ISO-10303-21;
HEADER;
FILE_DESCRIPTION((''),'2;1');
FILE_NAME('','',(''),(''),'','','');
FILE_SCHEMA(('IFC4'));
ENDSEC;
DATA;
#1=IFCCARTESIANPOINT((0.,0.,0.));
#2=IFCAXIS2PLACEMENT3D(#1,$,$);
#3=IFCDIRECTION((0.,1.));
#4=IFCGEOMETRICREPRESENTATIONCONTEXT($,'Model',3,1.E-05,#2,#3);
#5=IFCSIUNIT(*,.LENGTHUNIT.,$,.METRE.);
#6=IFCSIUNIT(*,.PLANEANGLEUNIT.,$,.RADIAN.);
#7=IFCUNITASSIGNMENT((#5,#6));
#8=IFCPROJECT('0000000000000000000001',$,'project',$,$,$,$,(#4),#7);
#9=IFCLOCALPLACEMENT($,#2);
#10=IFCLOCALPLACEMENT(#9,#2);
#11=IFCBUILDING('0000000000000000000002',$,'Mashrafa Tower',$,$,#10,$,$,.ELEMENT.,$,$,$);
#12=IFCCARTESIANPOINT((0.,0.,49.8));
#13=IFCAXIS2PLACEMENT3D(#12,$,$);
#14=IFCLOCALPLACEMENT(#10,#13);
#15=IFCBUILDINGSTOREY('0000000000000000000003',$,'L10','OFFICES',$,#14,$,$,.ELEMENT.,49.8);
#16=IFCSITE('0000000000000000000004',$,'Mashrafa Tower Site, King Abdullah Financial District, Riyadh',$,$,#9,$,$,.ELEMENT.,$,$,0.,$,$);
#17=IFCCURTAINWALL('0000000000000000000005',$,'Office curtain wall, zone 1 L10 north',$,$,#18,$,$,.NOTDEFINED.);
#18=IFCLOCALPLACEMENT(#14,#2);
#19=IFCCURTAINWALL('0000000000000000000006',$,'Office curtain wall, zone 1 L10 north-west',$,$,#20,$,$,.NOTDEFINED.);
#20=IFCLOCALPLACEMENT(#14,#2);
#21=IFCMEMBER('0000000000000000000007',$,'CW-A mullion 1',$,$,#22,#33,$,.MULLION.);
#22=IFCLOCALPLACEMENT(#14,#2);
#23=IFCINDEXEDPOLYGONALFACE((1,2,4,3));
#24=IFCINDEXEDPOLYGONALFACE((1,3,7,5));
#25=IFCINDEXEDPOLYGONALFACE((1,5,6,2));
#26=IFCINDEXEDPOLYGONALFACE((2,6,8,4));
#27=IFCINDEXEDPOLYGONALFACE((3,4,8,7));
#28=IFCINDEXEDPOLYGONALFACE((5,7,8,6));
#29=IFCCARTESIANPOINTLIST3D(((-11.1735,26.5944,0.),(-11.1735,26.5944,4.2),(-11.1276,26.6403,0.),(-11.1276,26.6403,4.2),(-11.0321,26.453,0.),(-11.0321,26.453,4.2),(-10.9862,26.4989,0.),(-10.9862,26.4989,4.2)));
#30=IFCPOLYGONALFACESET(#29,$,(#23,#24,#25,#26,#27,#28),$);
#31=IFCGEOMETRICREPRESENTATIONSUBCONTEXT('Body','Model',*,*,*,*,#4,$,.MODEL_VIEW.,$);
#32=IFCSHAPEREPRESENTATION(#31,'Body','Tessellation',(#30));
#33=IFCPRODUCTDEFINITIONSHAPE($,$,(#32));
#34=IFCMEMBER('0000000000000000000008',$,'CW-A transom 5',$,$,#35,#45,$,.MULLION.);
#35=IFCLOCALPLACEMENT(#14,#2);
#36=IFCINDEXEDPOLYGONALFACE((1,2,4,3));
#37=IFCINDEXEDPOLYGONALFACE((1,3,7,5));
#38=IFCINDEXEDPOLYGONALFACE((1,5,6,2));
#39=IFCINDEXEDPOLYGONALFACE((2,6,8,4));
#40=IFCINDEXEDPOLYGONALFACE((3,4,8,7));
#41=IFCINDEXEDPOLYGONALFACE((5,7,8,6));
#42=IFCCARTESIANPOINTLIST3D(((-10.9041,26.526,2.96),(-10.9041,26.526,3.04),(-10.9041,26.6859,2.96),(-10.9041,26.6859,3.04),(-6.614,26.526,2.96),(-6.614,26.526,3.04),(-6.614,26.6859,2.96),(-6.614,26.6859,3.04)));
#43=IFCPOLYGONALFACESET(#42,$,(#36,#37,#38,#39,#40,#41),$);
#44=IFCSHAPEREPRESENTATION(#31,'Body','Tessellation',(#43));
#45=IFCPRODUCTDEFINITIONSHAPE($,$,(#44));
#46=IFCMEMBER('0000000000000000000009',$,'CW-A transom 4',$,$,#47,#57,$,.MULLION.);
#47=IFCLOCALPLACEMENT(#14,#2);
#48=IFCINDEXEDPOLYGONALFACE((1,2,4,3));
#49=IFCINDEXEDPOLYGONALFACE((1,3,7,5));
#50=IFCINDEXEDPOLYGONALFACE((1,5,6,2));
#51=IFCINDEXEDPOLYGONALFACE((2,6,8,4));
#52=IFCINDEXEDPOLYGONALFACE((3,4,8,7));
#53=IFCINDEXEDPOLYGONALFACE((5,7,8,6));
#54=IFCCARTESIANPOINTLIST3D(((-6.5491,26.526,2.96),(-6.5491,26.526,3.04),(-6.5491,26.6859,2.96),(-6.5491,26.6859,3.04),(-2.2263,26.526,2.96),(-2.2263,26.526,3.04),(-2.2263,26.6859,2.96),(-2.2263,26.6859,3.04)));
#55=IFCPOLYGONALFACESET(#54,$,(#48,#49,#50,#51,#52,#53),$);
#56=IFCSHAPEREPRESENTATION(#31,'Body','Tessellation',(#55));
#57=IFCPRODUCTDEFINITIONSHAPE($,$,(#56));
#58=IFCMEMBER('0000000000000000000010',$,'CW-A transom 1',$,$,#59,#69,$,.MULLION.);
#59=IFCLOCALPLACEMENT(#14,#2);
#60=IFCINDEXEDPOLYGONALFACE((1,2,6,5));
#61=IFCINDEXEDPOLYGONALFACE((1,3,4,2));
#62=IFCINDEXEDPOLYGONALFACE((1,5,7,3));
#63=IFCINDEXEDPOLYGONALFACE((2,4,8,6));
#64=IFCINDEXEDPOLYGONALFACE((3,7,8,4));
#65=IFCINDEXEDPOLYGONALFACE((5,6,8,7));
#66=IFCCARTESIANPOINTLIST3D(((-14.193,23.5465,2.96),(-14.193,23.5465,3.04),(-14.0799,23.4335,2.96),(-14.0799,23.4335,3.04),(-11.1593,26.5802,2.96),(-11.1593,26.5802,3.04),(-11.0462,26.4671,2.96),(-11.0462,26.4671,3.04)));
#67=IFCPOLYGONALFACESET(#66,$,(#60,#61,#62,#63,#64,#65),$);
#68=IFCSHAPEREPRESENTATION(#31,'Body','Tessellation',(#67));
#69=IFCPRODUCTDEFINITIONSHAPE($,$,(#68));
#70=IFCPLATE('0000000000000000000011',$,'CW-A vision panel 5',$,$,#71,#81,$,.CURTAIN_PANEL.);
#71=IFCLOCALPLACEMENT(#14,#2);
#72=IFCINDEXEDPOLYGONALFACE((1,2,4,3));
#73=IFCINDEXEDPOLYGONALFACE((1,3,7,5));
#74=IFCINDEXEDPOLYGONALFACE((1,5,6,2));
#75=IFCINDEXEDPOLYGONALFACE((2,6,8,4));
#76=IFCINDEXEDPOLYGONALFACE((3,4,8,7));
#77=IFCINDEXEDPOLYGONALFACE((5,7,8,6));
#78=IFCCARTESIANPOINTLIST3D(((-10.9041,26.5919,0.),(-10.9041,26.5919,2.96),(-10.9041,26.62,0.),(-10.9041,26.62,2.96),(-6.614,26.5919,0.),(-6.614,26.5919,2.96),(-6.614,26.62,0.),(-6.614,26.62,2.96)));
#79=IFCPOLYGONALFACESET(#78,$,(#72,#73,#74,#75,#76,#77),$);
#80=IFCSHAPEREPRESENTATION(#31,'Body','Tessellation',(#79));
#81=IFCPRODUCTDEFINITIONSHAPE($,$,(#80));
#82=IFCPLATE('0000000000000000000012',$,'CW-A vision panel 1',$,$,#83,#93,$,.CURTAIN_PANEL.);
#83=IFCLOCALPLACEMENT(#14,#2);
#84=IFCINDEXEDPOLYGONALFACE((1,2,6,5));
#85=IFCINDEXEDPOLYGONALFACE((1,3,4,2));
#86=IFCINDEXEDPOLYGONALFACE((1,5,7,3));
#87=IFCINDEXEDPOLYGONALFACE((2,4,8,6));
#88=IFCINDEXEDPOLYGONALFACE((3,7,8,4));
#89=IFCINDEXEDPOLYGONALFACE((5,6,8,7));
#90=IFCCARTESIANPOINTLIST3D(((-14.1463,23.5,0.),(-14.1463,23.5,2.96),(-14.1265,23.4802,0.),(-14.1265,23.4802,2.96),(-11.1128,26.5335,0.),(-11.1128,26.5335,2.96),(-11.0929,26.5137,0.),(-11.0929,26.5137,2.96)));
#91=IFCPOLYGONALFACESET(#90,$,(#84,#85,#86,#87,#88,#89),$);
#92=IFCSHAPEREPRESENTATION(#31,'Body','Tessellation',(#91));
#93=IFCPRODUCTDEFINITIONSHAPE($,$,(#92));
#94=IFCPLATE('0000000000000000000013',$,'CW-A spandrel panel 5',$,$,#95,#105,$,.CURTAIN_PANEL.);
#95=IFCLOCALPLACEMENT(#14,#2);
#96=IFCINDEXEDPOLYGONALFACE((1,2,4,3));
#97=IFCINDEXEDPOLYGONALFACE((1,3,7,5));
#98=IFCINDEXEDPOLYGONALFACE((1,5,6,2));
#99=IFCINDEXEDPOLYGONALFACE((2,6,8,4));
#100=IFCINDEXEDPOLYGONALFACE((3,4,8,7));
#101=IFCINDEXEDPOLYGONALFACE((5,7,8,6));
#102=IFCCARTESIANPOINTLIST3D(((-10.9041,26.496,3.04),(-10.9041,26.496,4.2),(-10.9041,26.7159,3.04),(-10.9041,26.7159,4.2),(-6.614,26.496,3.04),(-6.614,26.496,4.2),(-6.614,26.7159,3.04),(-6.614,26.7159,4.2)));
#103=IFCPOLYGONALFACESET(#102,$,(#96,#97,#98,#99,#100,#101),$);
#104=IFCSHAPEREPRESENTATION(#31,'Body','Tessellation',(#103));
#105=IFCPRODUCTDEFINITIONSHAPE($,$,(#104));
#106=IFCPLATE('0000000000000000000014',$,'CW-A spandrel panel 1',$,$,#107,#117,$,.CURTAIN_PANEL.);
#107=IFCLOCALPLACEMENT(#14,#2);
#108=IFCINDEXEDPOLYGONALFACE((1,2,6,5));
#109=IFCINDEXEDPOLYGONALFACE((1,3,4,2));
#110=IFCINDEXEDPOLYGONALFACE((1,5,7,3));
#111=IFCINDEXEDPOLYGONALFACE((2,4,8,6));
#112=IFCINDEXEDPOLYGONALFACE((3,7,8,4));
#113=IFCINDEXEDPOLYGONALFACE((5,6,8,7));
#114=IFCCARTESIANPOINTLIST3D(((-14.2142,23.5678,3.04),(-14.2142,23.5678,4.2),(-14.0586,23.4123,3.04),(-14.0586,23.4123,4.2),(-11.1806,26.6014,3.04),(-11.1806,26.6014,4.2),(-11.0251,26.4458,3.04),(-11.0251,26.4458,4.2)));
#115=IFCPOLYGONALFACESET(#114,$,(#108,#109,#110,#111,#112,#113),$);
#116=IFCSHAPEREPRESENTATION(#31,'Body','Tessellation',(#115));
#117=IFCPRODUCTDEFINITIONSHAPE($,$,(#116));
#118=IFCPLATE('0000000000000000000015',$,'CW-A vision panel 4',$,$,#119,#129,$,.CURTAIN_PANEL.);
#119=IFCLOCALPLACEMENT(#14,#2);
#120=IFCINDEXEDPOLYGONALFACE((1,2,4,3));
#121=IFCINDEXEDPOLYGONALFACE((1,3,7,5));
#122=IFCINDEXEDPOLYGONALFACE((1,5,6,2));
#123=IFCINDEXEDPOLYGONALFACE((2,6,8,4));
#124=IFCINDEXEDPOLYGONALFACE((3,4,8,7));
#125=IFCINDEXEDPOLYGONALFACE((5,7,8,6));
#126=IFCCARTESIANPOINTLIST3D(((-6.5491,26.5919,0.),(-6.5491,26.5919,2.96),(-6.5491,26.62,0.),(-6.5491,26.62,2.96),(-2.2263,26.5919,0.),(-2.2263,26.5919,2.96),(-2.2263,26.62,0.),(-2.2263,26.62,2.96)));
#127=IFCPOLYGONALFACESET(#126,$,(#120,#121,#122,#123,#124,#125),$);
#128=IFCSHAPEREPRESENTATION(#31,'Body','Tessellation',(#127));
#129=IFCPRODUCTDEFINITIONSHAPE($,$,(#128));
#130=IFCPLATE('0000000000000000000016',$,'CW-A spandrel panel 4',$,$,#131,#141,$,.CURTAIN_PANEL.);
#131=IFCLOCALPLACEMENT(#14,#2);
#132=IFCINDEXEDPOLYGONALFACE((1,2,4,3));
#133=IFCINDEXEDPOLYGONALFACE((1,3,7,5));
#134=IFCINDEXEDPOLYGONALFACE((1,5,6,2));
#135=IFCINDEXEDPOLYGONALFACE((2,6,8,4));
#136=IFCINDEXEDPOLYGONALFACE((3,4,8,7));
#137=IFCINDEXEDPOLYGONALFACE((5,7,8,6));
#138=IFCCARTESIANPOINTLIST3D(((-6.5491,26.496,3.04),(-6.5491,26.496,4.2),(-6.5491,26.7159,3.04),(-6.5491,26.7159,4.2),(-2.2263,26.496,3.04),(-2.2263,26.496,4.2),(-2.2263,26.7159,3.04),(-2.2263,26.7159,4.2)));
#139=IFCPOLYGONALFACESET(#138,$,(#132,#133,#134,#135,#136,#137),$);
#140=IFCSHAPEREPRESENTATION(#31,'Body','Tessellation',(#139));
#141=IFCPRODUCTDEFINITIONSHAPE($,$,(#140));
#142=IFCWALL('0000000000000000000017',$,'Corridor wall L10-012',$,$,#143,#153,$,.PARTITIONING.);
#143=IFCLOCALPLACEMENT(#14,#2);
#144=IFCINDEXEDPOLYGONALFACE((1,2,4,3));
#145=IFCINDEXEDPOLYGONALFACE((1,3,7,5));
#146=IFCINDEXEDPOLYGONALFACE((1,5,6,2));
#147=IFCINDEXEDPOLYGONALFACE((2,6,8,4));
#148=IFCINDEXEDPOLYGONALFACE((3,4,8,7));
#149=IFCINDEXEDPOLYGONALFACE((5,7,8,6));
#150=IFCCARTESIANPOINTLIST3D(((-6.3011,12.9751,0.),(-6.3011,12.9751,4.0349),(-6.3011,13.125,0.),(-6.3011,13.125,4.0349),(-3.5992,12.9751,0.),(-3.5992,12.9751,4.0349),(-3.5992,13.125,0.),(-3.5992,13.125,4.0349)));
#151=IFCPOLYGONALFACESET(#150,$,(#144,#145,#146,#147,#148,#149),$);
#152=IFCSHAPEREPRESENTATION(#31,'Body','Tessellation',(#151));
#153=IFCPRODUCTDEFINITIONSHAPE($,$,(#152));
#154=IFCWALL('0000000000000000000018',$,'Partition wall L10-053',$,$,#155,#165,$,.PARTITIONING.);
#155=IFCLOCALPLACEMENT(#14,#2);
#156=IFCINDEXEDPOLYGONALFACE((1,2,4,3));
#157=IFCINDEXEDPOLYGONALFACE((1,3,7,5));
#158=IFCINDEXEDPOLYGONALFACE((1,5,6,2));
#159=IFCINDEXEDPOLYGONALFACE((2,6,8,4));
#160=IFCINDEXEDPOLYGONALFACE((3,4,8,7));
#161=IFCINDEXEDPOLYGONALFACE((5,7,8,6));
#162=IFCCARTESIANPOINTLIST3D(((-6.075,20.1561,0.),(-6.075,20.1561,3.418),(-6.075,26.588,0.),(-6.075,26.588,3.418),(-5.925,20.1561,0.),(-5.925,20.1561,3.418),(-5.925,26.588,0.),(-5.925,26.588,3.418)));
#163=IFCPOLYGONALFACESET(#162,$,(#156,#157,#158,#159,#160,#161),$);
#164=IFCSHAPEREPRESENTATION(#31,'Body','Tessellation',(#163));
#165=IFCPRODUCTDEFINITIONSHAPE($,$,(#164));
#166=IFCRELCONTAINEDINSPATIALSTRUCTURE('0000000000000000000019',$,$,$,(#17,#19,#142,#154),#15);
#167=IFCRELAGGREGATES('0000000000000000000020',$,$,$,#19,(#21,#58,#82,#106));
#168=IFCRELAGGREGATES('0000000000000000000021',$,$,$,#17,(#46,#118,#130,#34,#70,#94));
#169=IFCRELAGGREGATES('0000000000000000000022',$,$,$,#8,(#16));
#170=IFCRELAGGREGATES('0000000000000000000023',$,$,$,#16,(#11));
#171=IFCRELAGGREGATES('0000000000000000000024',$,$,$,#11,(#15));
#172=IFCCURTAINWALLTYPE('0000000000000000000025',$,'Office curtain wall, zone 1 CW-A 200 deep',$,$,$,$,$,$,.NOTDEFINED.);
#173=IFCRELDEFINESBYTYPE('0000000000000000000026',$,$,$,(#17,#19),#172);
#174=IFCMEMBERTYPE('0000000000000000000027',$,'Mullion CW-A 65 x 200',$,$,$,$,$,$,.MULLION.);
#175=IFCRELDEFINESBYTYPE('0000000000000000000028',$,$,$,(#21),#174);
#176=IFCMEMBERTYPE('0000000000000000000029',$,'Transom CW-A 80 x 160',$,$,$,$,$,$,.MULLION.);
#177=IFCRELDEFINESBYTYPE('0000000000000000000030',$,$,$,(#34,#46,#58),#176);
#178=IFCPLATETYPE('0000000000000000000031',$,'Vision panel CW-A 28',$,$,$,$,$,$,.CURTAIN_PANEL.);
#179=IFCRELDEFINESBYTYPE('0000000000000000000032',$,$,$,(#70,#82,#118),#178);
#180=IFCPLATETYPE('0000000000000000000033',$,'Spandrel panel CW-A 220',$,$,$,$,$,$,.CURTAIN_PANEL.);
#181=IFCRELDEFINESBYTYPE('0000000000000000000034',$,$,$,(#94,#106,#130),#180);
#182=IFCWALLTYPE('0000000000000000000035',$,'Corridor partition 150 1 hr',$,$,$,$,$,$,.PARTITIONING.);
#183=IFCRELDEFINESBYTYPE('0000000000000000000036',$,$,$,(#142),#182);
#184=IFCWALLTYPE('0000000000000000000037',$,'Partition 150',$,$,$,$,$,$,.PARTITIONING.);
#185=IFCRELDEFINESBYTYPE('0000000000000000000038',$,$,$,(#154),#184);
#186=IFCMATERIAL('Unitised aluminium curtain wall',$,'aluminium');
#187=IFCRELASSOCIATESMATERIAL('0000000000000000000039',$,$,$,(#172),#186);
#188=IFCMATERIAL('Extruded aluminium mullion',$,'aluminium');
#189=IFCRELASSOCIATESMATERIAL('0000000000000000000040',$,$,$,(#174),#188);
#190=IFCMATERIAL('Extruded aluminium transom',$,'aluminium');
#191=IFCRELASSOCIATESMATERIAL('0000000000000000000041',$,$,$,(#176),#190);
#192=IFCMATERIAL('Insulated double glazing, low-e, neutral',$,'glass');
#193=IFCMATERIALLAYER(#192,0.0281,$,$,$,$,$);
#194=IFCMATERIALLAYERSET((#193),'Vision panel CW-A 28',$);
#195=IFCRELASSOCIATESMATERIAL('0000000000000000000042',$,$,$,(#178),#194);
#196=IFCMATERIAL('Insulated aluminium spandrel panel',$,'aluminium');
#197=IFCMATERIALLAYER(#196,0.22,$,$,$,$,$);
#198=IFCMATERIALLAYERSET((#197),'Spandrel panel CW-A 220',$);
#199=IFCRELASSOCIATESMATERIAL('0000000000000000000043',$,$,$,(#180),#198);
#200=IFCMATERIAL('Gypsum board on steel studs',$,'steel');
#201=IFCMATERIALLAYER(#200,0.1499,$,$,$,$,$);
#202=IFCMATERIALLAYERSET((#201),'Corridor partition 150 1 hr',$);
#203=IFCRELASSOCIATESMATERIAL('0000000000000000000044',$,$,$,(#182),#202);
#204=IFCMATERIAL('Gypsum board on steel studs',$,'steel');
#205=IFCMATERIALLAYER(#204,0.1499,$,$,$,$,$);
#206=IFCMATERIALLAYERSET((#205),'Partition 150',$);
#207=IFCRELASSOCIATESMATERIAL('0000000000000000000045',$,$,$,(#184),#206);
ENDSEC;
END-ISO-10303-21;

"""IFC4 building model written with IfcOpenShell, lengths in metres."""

from ifc_helpers import new_model, si_unit, direction, frame, frame_2d, origin, origin_2d, place, context, subcontext, project, spatial, rectangle, extrude, source, transform, mapped, material, layer, layer_set, material_profile, profile_set, type_object, type_shapes, element, aggregate, save


model = new_model("IFC4")

# Units and contexts
model_context = context("Model", 3, precision=1e-05, world=origin(), true_north=direction((0.0, 1.0)))
body_context = subcontext(model_context, "Body", "Model", "MODEL_VIEW")
ifc_project = project(units=[si_unit("LENGTHUNIT", "METRE"), si_unit("PLANEANGLEUNIT", "RADIAN")], contexts=[model_context])

# Site, building, storey
site_placement = place(None, origin())
site = spatial("IfcSite", under=ifc_project, at=site_placement, Name="Mashrafa Tower Site, King Abdullah Financial District, Riyadh", CompositionType="ELEMENT", RefElevation=0.0)
building_placement = place(site_placement, origin())
building = spatial("IfcBuilding", under=site, at=building_placement, Name="Mashrafa Tower", CompositionType="ELEMENT")
storey_placement = place(building_placement, frame((0.0, 0.0, 49.8)))
storey = spatial("IfcBuildingStorey", under=building, at=storey_placement, Name="L10", Description="OFFICES", CompositionType="ELEMENT", Elevation=49.8)

# Curtain wall
ifc_material_1 = material(Name="Unitised aluminium curtain wall", Category="aluminium")
curtain_wall_type = type_object("IfcCurtainWallType", Name="Office curtain wall, zone 1 CW-A 200 deep", PredefinedType="NOTDEFINED", material=ifc_material_1)
curtain_wall_1_placement = place(storey_placement, origin())
curtain_wall_1 = element("IfcCurtainWall", 1, at=curtain_wall_1_placement, inside=storey, type_object=curtain_wall_type, Name="Office curtain wall, zone 1 L10 north", PredefinedType="NOTDEFINED")
ifc_material_2 = material(Name="Extruded aluminium mullion", Category="aluminium")
ifc_material_profile_1 = material_profile(ifc_material_2, rectangle(XDim=0.2, YDim=0.0649, at=origin_2d()), Name="Mullion 65x200")
ifc_profile_set_1 = profile_set([ifc_material_profile_1], Name="Extruded aluminium mullion")
member_type_1 = type_object("IfcMemberType", Name="Mullion CW-A 65 x 200", PredefinedType="MULLION", material=ifc_profile_set_1)
shared_shape_1 = source(origin(), body_context, "Body", "SweptSolid", [
    extrude(rectangle(XDim=0.2, YDim=0.0649, at=origin_2d()), origin(), (0.0, 0.0, 1.0), 4.2),
])
type_shapes(member_type_1, [shared_shape_1])

# Curtain wall, member
curtain_wall_2_placement = place(storey_placement, origin())
curtain_wall_2 = element("IfcCurtainWall", 2, at=curtain_wall_2_placement, inside=storey, type_object=curtain_wall_type, Name="Office curtain wall, zone 1 L10 north-west", PredefinedType="NOTDEFINED")
member_1_placement = place(storey_placement, frame((-11.0798, 26.5466, 0.0), z_axis=(0.0, 0.0, 1.0), x_axis=(0.707107, -0.707107, 0.0)))
member_1 = element("IfcMember", 3, at=member_1_placement, type_object=member_type_1, Name="CW-A mullion 1", PredefinedType="MULLION", context=body_context, shape_type="MappedRepresentation", body=[
    mapped(shared_shape_1, transform((0.0, 0.0, 0.0))),
])

# Members
ifc_material_3 = material(Name="Extruded aluminium transom", Category="aluminium")
ifc_material_profile_2 = material_profile(ifc_material_3, rectangle(XDim=0.1599, YDim=0.0801, at=origin_2d()), Name="Transom 80x160")
ifc_profile_set_2 = profile_set([ifc_material_profile_2], Name="Extruded aluminium transom")
member_type_2 = type_object("IfcMemberType", Name="Transom CW-A 80 x 160", PredefinedType="MULLION", material=ifc_profile_set_2)
shared_shape_2 = source(origin(), body_context, "Body", "SweptSolid", [
    extrude(rectangle(XDim=0.1599, YDim=0.0801, at=origin_2d()), origin(), (0.0, 0.0, 1.0), 4.29),
])
member_2_placement = place(storey_placement, frame((-6.614, 26.606, 3.0), z_axis=(-1.0, 0.0, 0.0), x_axis=(0.0, -1.0, 0.0)))
member_2 = element("IfcMember", 4, at=member_2_placement, type_object=member_type_2, Name="CW-A transom 5", PredefinedType="MULLION", context=body_context, shape_type="MappedRepresentation", body=[
    mapped(shared_shape_2, transform((0.0, 0.0, 0.0))),
])
shared_shape_3 = source(origin(), body_context, "Body", "SweptSolid", [
    extrude(rectangle(XDim=0.1599, YDim=0.0801, at=origin_2d()), origin(), (0.0, 0.0, 1.0), 4.3228),
])
member_3_placement = place(storey_placement, frame((-2.2263, 26.606, 3.0), z_axis=(-1.0, 0.0, 0.0), x_axis=(0.0, -1.0, 0.0)))
member_3 = element("IfcMember", 5, at=member_3_placement, type_object=member_type_2, Name="CW-A transom 4", PredefinedType="MULLION", context=body_context, shape_type="MappedRepresentation", body=[
    mapped(shared_shape_3, transform((0.0, 0.0, 0.0))),
])
shared_shape_4 = source(origin(), body_context, "Body", "SweptSolid", [
    extrude(rectangle(XDim=0.1599, YDim=0.0801, at=origin_2d()), origin(), (0.0, 0.0, 1.0), 4.2903),
])
type_shapes(member_type_2, [shared_shape_2, shared_shape_3, shared_shape_4])
member_4_placement = place(storey_placement, frame((-11.1028, 26.5237, 3.0), z_axis=(-0.707107, -0.707107, 0.0), x_axis=(0.707107, -0.707107, 0.0)))
member_4 = element("IfcMember", 6, at=member_4_placement, type_object=member_type_2, Name="CW-A transom 1", PredefinedType="MULLION", context=body_context, shape_type="MappedRepresentation", body=[
    mapped(shared_shape_4, transform((0.0, 0.0, 0.0))),
])

# Plates
ifc_material_4 = material(Name="Insulated double glazing, low-e, neutral", Category="glass")
ifc_layer_1 = layer(ifc_material_4, 0.0281)
ifc_layer_set_1 = layer_set([ifc_layer_1], Name="Vision panel CW-A 28")
plate_type_1 = type_object("IfcPlateType", Name="Vision panel CW-A 28", PredefinedType="CURTAIN_PANEL", material=ifc_layer_set_1)
shared_shape_5 = source(origin(), body_context, "Body", "SweptSolid", [
    extrude(rectangle(XDim=4.29, YDim=0.0281, at=origin_2d()), origin(), (0.0, 0.0, 1.0), 2.96),
])
plate_1_placement = place(storey_placement, frame((-8.759, 26.606, 0.0), z_axis=(0.0, 0.0, 1.0), x_axis=(-1.0, 0.0, 0.0)))
plate_1 = element("IfcPlate", 7, at=plate_1_placement, type_object=plate_type_1, Name="CW-A vision panel 5", PredefinedType="CURTAIN_PANEL", context=body_context, shape_type="MappedRepresentation", body=[
    mapped(shared_shape_5, transform((0.0, 0.0, 0.0))),
])
plate_2_placement = place(storey_placement, frame((-12.6196, 25.0068, 0.0), z_axis=(0.0, 0.0, 1.0), x_axis=(-0.707107, -0.707107, 0.0)))
plate_2 = element("IfcPlate", 8, at=plate_2_placement, type_object=plate_type_1, Name="CW-A vision panel 1", PredefinedType="CURTAIN_PANEL", context=body_context, shape_type="MappedRepresentation", body=[
    mapped(shared_shape_5, transform((0.0, 0.0, 0.0))),
])
ifc_material_5 = material(Name="Insulated aluminium spandrel panel", Category="aluminium")
ifc_layer_2 = layer(ifc_material_5, 0.22)
ifc_layer_set_2 = layer_set([ifc_layer_2], Name="Spandrel panel CW-A 220")
plate_type_2 = type_object("IfcPlateType", Name="Spandrel panel CW-A 220", PredefinedType="CURTAIN_PANEL", material=ifc_layer_set_2)
shared_shape_6 = source(origin(), body_context, "Body", "SweptSolid", [
    extrude(rectangle(XDim=4.29, YDim=0.22, at=origin_2d()), origin(), (0.0, 0.0, 1.0), 1.1599),
])
plate_3_placement = place(storey_placement, frame((-8.759, 26.606, 3.04), z_axis=(0.0, 0.0, 1.0), x_axis=(-1.0, 0.0, 0.0)))
plate_3 = element("IfcPlate", 9, at=plate_3_placement, type_object=plate_type_2, Name="CW-A spandrel panel 5", PredefinedType="CURTAIN_PANEL", context=body_context, shape_type="MappedRepresentation", body=[
    mapped(shared_shape_6, transform((0.0, 0.0, 0.0))),
])
plate_4_placement = place(storey_placement, frame((-12.6196, 25.0068, 3.04), z_axis=(0.0, 0.0, 1.0), x_axis=(-0.707107, -0.707107, 0.0)))
plate_4 = element("IfcPlate", 10, at=plate_4_placement, type_object=plate_type_2, Name="CW-A spandrel panel 1", PredefinedType="CURTAIN_PANEL", context=body_context, shape_type="MappedRepresentation", body=[
    mapped(shared_shape_6, transform((0.0, 0.0, 0.0))),
])
aggregate(curtain_wall_2, [member_1, member_4, plate_2, plate_4])
shared_shape_7 = source(origin(), body_context, "Body", "SweptSolid", [
    extrude(rectangle(XDim=4.3228, YDim=0.0281, at=origin_2d()), origin(), (0.0, 0.0, 1.0), 2.96),
])
type_shapes(plate_type_1, [shared_shape_5, shared_shape_7])
plate_5_placement = place(storey_placement, frame((-4.3877, 26.606, 0.0), z_axis=(0.0, 0.0, 1.0), x_axis=(-1.0, 0.0, 0.0)))
plate_5 = element("IfcPlate", 11, at=plate_5_placement, type_object=plate_type_1, Name="CW-A vision panel 4", PredefinedType="CURTAIN_PANEL", context=body_context, shape_type="MappedRepresentation", body=[
    mapped(shared_shape_7, transform((0.0, 0.0, 0.0))),
])
shared_shape_8 = source(origin(), body_context, "Body", "SweptSolid", [
    extrude(rectangle(XDim=4.3228, YDim=0.22, at=origin_2d()), origin(), (0.0, 0.0, 1.0), 1.1599),
])
type_shapes(plate_type_2, [shared_shape_6, shared_shape_8])
plate_6_placement = place(storey_placement, frame((-4.3877, 26.606, 3.04), z_axis=(0.0, 0.0, 1.0), x_axis=(-1.0, 0.0, 0.0)))
plate_6 = element("IfcPlate", 12, at=plate_6_placement, type_object=plate_type_2, Name="CW-A spandrel panel 4", PredefinedType="CURTAIN_PANEL", context=body_context, shape_type="MappedRepresentation", body=[
    mapped(shared_shape_8, transform((0.0, 0.0, 0.0))),
])
aggregate(curtain_wall_1, [member_3, plate_5, plate_6, member_2, plate_1, plate_3])

# Walls
ifc_material_6 = material(Name="Gypsum board on steel studs", Category="steel")
ifc_layer_3 = layer(ifc_material_6, 0.1499)
ifc_layer_set_3 = layer_set([ifc_layer_3], Name="Corridor partition 150 1 hr")
wall_type_1 = type_object("IfcWallType", Name="Corridor partition 150 1 hr", PredefinedType="PARTITIONING", material=ifc_layer_set_3)
wall_1_placement = place(storey_placement, frame((-3.5991, 13.05, 0.0), z_axis=(0.0, 0.0, 1.0), x_axis=(-1.0, 0.0, 0.0)))
element("IfcWall", 13, at=wall_1_placement, inside=storey, type_object=wall_type_1, Name="Corridor wall L10-012", PredefinedType="PARTITIONING", context=body_context, shape_type="SweptSolid", body=[
    extrude(rectangle(XDim=2.7019, YDim=0.1499, at=frame_2d((1.3511, 0.0))), origin(), (0.0, 0.0, 1.0), 4.0349),
])
ifc_material_7 = material(Name="Gypsum board on steel studs", Category="steel")
ifc_layer_4 = layer(ifc_material_7, 0.1499)
ifc_layer_set_4 = layer_set([ifc_layer_4], Name="Partition 150")
wall_type_2 = type_object("IfcWallType", Name="Partition 150", PredefinedType="PARTITIONING", material=ifc_layer_set_4)
wall_2_placement = place(storey_placement, frame((-6.0, 26.5879, 0.0), z_axis=(0.0, 0.0, 1.0), x_axis=(0.0, -1.0, 0.0)))
element("IfcWall", 14, at=wall_2_placement, inside=storey, type_object=wall_type_2, Name="Partition wall L10-053", PredefinedType="PARTITIONING", context=body_context, shape_type="SweptSolid", body=[
    extrude(rectangle(XDim=6.4319, YDim=0.1499, at=frame_2d((3.2158, 0.0))), origin(), (0.0, 0.0, 1.0), 3.418),
])

save(model, "model.ifc")
